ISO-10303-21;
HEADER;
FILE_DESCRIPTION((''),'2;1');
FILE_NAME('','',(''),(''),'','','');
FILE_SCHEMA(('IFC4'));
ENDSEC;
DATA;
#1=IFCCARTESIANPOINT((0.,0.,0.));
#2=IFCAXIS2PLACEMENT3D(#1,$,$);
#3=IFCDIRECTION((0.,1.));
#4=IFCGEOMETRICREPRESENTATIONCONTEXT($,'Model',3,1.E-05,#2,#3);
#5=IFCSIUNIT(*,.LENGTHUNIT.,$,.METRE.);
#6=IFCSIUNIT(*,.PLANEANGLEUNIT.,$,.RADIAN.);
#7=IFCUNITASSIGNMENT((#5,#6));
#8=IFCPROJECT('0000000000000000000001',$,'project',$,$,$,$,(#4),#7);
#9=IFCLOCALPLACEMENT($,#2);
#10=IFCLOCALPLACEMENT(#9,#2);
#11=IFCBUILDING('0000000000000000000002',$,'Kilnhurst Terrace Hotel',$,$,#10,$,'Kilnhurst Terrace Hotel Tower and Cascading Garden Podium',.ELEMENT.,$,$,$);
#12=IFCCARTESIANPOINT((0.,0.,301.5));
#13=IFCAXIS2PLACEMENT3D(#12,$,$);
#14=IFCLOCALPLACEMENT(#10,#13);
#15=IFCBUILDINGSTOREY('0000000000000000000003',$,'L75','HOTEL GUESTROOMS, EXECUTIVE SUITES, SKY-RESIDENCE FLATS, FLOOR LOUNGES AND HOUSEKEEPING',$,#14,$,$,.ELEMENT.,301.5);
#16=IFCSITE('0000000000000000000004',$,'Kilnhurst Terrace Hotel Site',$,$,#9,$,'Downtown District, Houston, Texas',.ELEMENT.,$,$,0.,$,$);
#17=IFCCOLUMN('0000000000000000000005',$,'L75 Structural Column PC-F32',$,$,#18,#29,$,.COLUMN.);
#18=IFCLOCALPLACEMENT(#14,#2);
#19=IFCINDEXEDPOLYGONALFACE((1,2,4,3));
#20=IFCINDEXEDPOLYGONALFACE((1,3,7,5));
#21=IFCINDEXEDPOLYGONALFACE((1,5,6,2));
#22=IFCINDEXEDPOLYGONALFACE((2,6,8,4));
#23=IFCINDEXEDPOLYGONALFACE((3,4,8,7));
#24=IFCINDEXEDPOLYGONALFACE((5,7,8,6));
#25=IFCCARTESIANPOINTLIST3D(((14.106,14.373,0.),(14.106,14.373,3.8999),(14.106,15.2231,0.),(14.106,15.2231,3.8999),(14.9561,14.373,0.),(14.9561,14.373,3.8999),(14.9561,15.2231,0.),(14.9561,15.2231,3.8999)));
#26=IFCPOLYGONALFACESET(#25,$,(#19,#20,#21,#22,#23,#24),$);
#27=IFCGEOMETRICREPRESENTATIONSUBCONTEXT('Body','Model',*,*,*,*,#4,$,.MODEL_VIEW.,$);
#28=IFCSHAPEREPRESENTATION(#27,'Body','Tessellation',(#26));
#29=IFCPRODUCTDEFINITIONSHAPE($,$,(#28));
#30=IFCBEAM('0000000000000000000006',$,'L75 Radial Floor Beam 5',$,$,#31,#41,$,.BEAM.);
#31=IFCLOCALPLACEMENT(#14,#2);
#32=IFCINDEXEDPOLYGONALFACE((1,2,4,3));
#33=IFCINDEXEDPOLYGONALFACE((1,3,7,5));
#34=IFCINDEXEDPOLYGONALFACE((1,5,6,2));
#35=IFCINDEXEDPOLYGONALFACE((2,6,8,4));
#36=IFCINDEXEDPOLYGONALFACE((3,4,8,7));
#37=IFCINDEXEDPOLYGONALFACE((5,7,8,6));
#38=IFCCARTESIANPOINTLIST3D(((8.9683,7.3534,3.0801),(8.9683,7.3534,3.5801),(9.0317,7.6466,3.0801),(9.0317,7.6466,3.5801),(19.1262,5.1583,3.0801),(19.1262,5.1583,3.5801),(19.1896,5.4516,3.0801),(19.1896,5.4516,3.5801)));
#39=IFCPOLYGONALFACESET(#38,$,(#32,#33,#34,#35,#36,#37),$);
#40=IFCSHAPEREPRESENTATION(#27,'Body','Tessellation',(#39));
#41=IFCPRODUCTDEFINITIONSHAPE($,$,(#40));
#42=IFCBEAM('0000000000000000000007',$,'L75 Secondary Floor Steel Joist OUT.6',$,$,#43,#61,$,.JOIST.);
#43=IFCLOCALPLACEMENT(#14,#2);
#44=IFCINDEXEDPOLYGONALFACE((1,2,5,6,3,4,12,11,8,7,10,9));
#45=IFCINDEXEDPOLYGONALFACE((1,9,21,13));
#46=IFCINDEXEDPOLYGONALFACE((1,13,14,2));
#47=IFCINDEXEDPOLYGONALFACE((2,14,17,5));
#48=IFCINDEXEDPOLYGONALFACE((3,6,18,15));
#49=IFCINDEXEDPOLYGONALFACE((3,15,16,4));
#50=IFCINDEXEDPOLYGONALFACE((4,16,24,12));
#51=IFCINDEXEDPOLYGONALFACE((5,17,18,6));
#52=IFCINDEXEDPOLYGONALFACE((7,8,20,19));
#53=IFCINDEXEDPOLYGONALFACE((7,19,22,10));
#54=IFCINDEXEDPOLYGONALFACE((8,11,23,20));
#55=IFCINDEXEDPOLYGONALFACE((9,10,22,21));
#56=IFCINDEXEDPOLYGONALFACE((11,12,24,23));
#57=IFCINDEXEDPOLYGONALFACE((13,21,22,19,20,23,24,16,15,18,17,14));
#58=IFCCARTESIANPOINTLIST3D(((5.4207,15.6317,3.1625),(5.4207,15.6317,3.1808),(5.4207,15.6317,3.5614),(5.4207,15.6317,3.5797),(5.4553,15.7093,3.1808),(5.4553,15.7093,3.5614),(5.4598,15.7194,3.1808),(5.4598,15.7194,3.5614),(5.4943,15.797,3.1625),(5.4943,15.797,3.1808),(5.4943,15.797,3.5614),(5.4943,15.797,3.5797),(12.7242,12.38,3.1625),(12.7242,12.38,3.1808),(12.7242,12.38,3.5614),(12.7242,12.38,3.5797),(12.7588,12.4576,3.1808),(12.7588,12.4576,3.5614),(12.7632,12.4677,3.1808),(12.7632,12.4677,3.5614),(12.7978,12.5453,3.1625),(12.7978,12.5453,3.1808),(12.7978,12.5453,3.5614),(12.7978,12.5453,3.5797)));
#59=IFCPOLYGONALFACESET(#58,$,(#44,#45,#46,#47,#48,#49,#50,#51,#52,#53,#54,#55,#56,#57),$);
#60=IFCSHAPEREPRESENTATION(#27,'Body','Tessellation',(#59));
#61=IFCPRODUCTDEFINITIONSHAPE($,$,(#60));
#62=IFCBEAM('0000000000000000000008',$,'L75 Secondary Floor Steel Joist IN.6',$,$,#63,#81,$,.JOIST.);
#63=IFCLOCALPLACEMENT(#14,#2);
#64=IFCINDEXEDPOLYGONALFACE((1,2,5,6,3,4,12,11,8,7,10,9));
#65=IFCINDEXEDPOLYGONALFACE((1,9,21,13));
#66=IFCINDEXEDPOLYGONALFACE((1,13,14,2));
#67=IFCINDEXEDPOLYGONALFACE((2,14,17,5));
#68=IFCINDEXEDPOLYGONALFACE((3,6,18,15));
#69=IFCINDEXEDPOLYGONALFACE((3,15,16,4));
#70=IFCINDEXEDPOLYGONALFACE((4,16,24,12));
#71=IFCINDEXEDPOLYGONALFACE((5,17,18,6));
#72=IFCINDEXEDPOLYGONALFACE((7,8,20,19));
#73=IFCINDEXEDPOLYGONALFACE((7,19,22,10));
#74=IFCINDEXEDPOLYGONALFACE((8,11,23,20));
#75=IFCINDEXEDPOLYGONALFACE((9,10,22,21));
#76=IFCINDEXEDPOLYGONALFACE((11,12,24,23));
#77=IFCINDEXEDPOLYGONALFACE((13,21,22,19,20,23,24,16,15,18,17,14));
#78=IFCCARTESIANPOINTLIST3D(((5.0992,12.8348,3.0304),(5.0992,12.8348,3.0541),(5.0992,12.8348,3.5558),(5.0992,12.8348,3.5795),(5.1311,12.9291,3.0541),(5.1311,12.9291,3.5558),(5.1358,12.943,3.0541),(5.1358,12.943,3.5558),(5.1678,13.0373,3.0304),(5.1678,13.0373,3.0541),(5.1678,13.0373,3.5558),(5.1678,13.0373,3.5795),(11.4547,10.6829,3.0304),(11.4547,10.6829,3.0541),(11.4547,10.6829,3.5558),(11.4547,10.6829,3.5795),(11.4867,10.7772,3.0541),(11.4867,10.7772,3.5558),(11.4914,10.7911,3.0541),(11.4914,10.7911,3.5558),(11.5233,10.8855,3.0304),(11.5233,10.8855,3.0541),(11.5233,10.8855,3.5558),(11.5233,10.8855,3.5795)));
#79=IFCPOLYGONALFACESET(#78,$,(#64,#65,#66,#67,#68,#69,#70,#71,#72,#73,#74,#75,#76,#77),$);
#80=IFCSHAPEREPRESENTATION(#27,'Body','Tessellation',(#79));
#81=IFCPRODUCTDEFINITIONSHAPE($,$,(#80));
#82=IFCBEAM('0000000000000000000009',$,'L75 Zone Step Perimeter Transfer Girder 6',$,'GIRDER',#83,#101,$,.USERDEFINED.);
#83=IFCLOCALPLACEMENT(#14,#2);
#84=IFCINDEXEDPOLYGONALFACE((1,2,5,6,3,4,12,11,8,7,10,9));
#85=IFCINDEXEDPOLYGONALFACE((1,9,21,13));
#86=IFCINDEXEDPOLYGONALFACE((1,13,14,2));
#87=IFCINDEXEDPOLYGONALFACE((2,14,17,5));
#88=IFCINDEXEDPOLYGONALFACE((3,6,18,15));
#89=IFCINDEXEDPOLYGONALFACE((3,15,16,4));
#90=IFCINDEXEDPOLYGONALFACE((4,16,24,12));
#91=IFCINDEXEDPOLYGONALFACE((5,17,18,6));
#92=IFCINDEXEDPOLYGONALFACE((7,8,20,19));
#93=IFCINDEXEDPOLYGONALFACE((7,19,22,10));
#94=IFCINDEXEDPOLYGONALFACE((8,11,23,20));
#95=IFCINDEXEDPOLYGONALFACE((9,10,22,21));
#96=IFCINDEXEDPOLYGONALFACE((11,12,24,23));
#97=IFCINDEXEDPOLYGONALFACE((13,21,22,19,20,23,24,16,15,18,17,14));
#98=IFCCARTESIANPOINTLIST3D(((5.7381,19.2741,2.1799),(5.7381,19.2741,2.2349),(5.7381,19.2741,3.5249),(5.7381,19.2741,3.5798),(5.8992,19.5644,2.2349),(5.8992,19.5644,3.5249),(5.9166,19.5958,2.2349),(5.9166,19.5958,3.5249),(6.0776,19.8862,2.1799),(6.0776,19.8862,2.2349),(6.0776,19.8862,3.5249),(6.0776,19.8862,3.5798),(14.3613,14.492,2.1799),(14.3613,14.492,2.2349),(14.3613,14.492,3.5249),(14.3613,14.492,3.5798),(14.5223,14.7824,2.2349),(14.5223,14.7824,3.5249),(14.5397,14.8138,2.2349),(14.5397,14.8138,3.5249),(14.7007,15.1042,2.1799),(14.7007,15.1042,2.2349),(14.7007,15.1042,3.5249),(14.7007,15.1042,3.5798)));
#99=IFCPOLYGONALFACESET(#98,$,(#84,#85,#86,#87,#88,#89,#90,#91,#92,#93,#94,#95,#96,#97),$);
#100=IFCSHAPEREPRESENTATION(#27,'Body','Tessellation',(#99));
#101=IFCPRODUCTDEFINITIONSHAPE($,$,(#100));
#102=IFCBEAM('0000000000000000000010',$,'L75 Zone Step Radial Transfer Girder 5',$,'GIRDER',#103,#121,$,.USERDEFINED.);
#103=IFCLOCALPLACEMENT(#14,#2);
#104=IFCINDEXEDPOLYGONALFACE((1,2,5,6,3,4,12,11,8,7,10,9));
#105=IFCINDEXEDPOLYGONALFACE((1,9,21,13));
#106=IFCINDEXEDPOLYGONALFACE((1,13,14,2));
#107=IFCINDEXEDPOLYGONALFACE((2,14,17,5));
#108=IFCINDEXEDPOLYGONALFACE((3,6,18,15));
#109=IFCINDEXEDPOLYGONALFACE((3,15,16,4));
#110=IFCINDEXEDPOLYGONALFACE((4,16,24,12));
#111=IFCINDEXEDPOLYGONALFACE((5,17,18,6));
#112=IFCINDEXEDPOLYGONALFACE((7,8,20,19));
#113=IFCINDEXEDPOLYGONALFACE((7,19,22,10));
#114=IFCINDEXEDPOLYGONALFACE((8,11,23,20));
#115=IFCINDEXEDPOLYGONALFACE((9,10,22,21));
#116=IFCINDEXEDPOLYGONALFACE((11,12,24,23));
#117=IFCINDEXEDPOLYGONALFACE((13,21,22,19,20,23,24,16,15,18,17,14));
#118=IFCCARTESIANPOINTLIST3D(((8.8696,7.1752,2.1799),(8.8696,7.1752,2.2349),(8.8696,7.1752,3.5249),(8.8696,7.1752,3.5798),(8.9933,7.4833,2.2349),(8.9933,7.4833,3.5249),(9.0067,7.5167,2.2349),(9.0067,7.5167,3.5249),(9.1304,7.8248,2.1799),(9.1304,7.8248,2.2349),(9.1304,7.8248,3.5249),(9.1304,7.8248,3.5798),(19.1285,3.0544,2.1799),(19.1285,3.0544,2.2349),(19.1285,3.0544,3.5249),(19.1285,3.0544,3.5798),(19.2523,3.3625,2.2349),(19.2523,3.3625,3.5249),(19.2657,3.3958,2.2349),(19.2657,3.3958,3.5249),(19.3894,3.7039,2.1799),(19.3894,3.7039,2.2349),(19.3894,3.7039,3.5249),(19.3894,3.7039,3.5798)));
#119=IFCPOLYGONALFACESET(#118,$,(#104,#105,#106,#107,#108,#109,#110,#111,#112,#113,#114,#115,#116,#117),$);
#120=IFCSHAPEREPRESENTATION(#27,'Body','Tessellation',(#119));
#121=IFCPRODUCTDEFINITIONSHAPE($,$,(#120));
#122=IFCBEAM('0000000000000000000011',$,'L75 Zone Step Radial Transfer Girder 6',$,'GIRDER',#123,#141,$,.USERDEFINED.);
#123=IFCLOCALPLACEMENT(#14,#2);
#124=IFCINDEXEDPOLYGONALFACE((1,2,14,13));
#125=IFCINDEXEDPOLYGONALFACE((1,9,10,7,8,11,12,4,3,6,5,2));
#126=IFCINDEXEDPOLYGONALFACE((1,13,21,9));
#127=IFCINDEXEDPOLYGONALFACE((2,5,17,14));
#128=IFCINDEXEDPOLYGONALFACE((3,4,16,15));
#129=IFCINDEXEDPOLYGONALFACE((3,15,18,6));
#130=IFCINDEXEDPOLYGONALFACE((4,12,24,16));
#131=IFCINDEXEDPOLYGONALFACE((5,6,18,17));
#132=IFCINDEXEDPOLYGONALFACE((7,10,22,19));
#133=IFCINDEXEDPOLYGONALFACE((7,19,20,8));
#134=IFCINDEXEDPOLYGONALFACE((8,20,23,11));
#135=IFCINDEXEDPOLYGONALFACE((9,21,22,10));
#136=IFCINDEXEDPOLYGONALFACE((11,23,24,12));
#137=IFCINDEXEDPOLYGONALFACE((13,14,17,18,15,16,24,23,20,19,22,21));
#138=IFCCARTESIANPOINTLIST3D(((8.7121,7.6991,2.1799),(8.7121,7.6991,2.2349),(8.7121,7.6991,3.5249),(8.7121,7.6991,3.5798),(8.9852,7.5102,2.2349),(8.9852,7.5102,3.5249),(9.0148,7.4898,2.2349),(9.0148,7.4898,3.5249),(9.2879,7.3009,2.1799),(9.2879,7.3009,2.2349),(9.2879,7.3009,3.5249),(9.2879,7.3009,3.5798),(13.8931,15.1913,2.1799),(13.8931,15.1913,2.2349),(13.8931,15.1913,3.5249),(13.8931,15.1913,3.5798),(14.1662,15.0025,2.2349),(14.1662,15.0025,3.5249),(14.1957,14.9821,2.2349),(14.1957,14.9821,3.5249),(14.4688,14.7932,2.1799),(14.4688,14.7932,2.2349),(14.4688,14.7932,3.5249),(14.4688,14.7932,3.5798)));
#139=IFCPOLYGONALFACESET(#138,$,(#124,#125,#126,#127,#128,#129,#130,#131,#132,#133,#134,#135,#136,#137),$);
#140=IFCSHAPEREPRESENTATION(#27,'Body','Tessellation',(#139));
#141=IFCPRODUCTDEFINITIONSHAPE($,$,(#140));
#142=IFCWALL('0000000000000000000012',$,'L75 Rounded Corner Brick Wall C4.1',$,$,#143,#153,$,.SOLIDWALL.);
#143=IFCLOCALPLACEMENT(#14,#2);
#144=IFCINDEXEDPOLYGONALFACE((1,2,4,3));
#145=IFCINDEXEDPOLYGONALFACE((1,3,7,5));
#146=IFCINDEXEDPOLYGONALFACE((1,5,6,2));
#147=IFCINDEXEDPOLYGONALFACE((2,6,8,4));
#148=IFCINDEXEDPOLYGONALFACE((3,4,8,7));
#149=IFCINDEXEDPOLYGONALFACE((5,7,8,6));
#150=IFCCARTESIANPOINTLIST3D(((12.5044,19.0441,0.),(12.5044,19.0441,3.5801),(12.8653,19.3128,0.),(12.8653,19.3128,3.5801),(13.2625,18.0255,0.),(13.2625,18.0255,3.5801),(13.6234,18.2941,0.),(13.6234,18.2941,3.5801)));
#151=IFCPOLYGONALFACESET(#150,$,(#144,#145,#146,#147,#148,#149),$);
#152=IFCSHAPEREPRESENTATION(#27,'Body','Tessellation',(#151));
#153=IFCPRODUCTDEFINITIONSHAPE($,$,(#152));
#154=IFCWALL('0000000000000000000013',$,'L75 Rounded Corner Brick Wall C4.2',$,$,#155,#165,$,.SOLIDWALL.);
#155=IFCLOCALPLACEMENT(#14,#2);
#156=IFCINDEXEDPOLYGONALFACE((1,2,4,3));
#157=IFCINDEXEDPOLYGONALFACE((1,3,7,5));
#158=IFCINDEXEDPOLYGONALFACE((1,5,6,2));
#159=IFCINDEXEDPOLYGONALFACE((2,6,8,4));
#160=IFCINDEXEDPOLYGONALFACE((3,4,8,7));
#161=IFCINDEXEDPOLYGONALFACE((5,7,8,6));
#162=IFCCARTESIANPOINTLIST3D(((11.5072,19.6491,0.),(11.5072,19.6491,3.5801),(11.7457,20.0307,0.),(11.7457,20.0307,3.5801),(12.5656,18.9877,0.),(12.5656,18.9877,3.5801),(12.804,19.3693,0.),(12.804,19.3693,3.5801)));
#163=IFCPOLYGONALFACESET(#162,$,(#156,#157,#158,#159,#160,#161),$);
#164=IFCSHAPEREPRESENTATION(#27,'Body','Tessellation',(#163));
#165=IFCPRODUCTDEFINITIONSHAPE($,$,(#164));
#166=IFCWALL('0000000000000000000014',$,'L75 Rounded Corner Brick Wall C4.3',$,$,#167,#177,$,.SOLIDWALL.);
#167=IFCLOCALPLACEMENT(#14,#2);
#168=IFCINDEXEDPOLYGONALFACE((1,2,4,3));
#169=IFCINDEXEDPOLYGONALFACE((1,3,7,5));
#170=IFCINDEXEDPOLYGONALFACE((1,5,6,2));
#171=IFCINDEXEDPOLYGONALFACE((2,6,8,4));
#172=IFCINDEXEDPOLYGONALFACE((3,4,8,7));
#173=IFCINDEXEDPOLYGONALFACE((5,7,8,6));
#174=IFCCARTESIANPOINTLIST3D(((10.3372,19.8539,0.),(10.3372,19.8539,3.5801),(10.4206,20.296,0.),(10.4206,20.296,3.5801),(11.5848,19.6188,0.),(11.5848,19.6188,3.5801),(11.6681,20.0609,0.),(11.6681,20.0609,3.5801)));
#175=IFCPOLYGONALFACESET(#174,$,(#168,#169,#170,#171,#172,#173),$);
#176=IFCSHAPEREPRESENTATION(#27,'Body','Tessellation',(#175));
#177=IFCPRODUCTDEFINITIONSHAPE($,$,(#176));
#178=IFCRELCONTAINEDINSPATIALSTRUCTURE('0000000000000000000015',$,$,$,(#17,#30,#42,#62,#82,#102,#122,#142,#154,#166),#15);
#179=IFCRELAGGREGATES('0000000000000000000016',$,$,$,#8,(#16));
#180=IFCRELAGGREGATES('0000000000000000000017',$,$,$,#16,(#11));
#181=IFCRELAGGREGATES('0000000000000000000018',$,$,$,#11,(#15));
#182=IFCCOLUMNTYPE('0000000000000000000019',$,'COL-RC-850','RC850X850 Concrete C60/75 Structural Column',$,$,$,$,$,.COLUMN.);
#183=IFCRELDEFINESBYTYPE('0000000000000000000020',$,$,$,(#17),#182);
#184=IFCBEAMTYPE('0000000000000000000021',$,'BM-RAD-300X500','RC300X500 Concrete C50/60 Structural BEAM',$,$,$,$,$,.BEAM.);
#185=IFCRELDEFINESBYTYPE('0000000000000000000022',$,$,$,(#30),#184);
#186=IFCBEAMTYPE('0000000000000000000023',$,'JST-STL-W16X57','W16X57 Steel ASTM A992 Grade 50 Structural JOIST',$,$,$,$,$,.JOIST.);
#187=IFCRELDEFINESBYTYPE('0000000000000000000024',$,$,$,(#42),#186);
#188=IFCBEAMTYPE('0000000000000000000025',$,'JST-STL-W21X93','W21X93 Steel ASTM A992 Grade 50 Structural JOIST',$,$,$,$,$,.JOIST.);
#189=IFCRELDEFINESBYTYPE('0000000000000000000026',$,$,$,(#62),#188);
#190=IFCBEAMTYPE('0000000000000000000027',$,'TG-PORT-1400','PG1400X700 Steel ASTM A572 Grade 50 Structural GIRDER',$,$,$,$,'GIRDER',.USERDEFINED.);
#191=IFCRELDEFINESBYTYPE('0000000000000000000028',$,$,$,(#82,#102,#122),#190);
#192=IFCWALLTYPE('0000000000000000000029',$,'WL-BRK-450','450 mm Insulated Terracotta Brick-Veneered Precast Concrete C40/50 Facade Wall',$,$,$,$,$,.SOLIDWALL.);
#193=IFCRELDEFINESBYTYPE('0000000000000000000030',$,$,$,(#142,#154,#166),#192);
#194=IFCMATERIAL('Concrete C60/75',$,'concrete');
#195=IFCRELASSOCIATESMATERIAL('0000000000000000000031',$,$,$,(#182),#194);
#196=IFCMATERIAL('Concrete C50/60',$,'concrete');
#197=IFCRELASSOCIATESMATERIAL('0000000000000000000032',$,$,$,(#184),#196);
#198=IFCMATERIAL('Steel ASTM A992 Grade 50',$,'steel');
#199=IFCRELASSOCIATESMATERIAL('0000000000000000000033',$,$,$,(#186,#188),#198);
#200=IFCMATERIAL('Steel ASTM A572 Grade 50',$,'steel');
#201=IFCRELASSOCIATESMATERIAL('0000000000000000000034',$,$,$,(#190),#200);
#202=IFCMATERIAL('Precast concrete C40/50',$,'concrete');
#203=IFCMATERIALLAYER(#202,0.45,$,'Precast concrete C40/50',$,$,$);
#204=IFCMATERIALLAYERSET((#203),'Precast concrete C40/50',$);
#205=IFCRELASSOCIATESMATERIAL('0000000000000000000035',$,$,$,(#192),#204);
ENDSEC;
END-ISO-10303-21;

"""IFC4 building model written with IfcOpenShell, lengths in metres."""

from ifc_helpers import new_model, si_unit, direction, frame, frame_2d, origin, origin_2d, place, context, subcontext, project, spatial, rectangle, i_section, extrude, material, layer, layer_set, material_profile, profile_set, type_object, element, save


model = new_model("IFC4")

# Units and contexts
model_context = context("Model", 3, precision=1e-05, world=origin(), true_north=direction((0.0, 1.0)))
body_context = subcontext(model_context, "Body", "Model", "MODEL_VIEW")
ifc_project = project(units=[si_unit("LENGTHUNIT", "METRE"), si_unit("PLANEANGLEUNIT", "RADIAN")], contexts=[model_context])

# Site, building, storey
site_placement = place(None, origin())
site = spatial("IfcSite", under=ifc_project, at=site_placement, Name="Kilnhurst Terrace Hotel Site", LongName="Downtown District, Houston, Texas", CompositionType="ELEMENT", RefElevation=0.0)
building_placement = place(site_placement, origin())
building = spatial("IfcBuilding", under=site, at=building_placement, Name="Kilnhurst Terrace Hotel", LongName="Kilnhurst Terrace Hotel Tower and Cascading Garden Podium", CompositionType="ELEMENT")
storey_placement = place(building_placement, frame((0.0, 0.0, 301.5)))
storey = spatial("IfcBuildingStorey", under=building, at=storey_placement, Name="L75", Description="HOTEL GUESTROOMS, EXECUTIVE SUITES, SKY-RESIDENCE FLATS, FLOOR LOUNGES AND HOUSEKEEPING", CompositionType="ELEMENT", Elevation=301.5)

# Column
ifc_material_1 = material(Name="Concrete C60/75", Category="concrete")
ifc_material_profile_1 = material_profile(ifc_material_1, rectangle(XDim=0.8501, YDim=0.8501, at=origin_2d()), Name="RC850X850")
ifc_profile_set_1 = profile_set([ifc_material_profile_1], Name="Concrete C60/75")
column_type = type_object("IfcColumnType", Name="COL-RC-850", Description="RC850X850 Concrete C60/75 Structural Column", PredefinedType="COLUMN", material=ifc_profile_set_1)
column_placement = place(storey_placement, frame((14.531, 14.7981, 0.0), z_axis=(0.0, 0.0, 1.0), x_axis=(1.0, 0.0, 0.0)))
element("IfcColumn", 1, at=column_placement, inside=storey, type_object=column_type, Name="L75 Structural Column PC-F32", PredefinedType="COLUMN", context=body_context, shape_type="SweptSolid", body=[
    extrude(rectangle(XDim=0.8501, YDim=0.8501, at=origin_2d()), origin(), (0.0, 0.0, 1.0), 3.8999),
])

# Beams
ifc_material_2 = material(Name="Concrete C50/60", Category="concrete")
ifc_material_profile_2 = material_profile(ifc_material_2, rectangle(XDim=0.3, YDim=0.5, at=origin_2d()), Name="RC300X500")
ifc_profile_set_2 = profile_set([ifc_material_profile_2], Name="Concrete C50/60")
beam_type_1 = type_object("IfcBeamType", Name="BM-RAD-300X500", Description="RC300X500 Concrete C50/60 Structural BEAM", PredefinedType="BEAM", material=ifc_profile_set_2)
beam_1_placement = place(storey_placement, frame((9.0, 7.5, 3.3301), z_axis=(0.977439, -0.211218, 0.0), x_axis=(0.211218, 0.977439, 0.0)))
element("IfcBeam", 2, at=beam_1_placement, inside=storey, type_object=beam_type_1, Name="L75 Radial Floor Beam 5", PredefinedType="BEAM", context=body_context, shape_type="SweptSolid", body=[
    extrude(rectangle(XDim=0.3, YDim=0.5, at=origin_2d()), origin(), (0.0, 0.0, 1.0), 10.3923),
])
ifc_material_3 = material(Name="Steel ASTM A992 Grade 50", Category="steel")
ifc_material_profile_3 = material_profile(ifc_material_3, i_section(OverallWidth=0.1809, OverallDepth=0.4172, WebThickness=0.011, FlangeThickness=0.0183, at=origin_2d()), Name="W16X57")
ifc_profile_set_3 = profile_set([ifc_material_profile_3], Name="Steel ASTM A992 Grade 50")
beam_type_2 = type_object("IfcBeamType", Name="JST-STL-W16X57", Description="W16X57 Steel ASTM A992 Grade 50 Structural JOIST", PredefinedType="JOIST", material=ifc_profile_set_3)
beam_2_placement = place(storey_placement, frame((12.761, 12.4626, 3.3711), z_axis=(-0.913546, 0.406736, 0.0), x_axis=(-0.406736, -0.913546, 0.0)))
element("IfcBeam", 3, at=beam_2_placement, inside=storey, type_object=beam_type_2, Name="L75 Secondary Floor Steel Joist OUT.6", PredefinedType="JOIST", context=body_context, shape_type="SweptSolid", body=[
    extrude(i_section(OverallWidth=0.1809, OverallDepth=0.4172, WebThickness=0.011, FlangeThickness=0.0183, at=origin_2d()), origin(), (0.0, 0.0, 1.0), 7.9946),
])
ifc_material_profile_4 = material_profile(ifc_material_3, i_section(OverallWidth=0.2139, OverallDepth=0.5491, WebThickness=0.0146, FlangeThickness=0.0237, at=origin_2d()), Name="W21X93")
ifc_profile_set_4 = profile_set([ifc_material_profile_4], Name="Steel ASTM A992 Grade 50")
beam_type_3 = type_object("IfcBeamType", Name="JST-STL-W21X93", Description="W21X93 Steel ASTM A992 Grade 50 Structural JOIST", PredefinedType="JOIST", material=ifc_profile_set_4)
beam_3_placement = place(storey_placement, frame((11.489, 10.7842, 3.3049), z_axis=(-0.947181, 0.3207, 0.0), x_axis=(-0.3207, -0.947181, 0.0)))
element("IfcBeam", 4, at=beam_3_placement, inside=storey, type_object=beam_type_3, Name="L75 Secondary Floor Steel Joist IN.6", PredefinedType="JOIST", context=body_context, shape_type="SweptSolid", body=[
    extrude(i_section(OverallWidth=0.2139, OverallDepth=0.5491, WebThickness=0.0146, FlangeThickness=0.0237, at=origin_2d()), origin(), (0.0, 0.0, 1.0), 6.71),
])
ifc_material_4 = material(Name="Steel ASTM A572 Grade 50", Category="steel")
ifc_material_profile_5 = material_profile(ifc_material_4, i_section(OverallWidth=0.7, OverallDepth=1.3999, WebThickness=0.0359, FlangeThickness=0.0549, at=origin_2d()), Name="PG1400X700")
ifc_profile_set_5 = profile_set([ifc_material_profile_5], Name="Steel ASTM A572 Grade 50")
beam_type_4 = type_object("IfcBeamType", Name="TG-PORT-1400", Description="PG1400X700 Steel ASTM A572 Grade 50 Structural GIRDER", ElementType="GIRDER", PredefinedType="USERDEFINED", material=ifc_profile_set_5)
beam_4_placement = place(storey_placement, frame((14.531, 14.7981, 2.8799), z_axis=(-0.874527, 0.484976, 0.0), x_axis=(-0.484976, -0.874527, 0.0)))
element("IfcBeam", 5, at=beam_4_placement, inside=storey, type_object=beam_type_4, Name="L75 Zone Step Perimeter Transfer Girder 6", ObjectType="GIRDER", PredefinedType="USERDEFINED", context=body_context, shape_type="SweptSolid", body=[
    extrude(i_section(OverallWidth=0.7, OverallDepth=1.3999, WebThickness=0.0359, FlangeThickness=0.0549, at=origin_2d()), origin(), (0.0, 0.0, 1.0), 9.8604),
])
beam_5_placement = place(storey_placement, frame((9.0, 7.5, 2.8799), z_axis=(0.927938, -0.372734, 0.0), x_axis=(0.372734, 0.927938, 0.0)))
element("IfcBeam", 6, at=beam_5_placement, inside=storey, type_object=beam_type_4, Name="L75 Zone Step Radial Transfer Girder 5", ObjectType="GIRDER", PredefinedType="USERDEFINED", context=body_context, shape_type="SweptSolid", body=[
    extrude(i_section(OverallWidth=0.7, OverallDepth=1.3999, WebThickness=0.0359, FlangeThickness=0.0549, at=origin_2d()), origin(), (0.0, 0.0, 1.0), 11.0557),
])
beam_6_placement = place(storey_placement, frame((9.0, 7.5, 2.8799), z_axis=(0.568765, 0.8225, 0.0), x_axis=(-0.8225, 0.568765, 0.0)))
element("IfcBeam", 7, at=beam_6_placement, inside=storey, type_object=beam_type_4, Name="L75 Zone Step Radial Transfer Girder 6", ObjectType="GIRDER", PredefinedType="USERDEFINED", context=body_context, shape_type="SweptSolid", body=[
    extrude(i_section(OverallWidth=0.7, OverallDepth=1.3999, WebThickness=0.0359, FlangeThickness=0.0549, at=origin_2d()), origin(), (0.0, 0.0, 1.0), 9.1091),
])

# Walls
ifc_material_5 = material(Name="Precast concrete C40/50", Category="concrete")
ifc_layer_1 = layer(ifc_material_5, 0.45, Name="Precast concrete C40/50")
ifc_layer_set_1 = layer_set([ifc_layer_1], Name="Precast concrete C40/50")
wall_type_1 = type_object("IfcWallType", Name="WL-BRK-450", Description="450 mm Insulated Terracotta Brick-Veneered Precast Concrete C40/50 Facade Wall", PredefinedType="SOLIDWALL", material=ifc_layer_set_1)
wall_1_placement = place(storey_placement, frame((13.4429, 18.1599, 0.0), z_axis=(0.0, 0.0, 1.0), x_axis=(-0.597042, 0.80221, 0.0)))
element("IfcWall", 8, at=wall_1_placement, inside=storey, type_object=wall_type_1, Name="L75 Rounded Corner Brick Wall C4.1", PredefinedType="SOLIDWALL", context=body_context, shape_type="SweptSolid", body=[
    extrude(rectangle(XDim=1.2698, YDim=0.45, at=frame_2d((0.6348, 0.0))), origin(), (0.0, 0.0, 1.0), 3.5801),
])
wall_2_placement = place(storey_placement, frame((12.6848, 19.1785, 0.0), z_axis=(0.0, 0.0, 1.0), x_axis=(-0.848031, 0.529946, 0.0)))
element("IfcWall", 9, at=wall_2_placement, inside=storey, type_object=wall_type_1, Name="L75 Rounded Corner Brick Wall C4.2", PredefinedType="SOLIDWALL", context=body_context, shape_type="SweptSolid", body=[
    extrude(rectangle(XDim=1.248, YDim=0.45, at=frame_2d((0.624, 0.0))), origin(), (0.0, 0.0, 1.0), 3.5801),
])
wall_3_placement = place(storey_placement, frame((11.6265, 19.8398, 0.0), z_axis=(0.0, 0.0, 1.0), x_axis=(-0.982702, 0.185194, 0.0)))
element("IfcWall", 10, at=wall_3_placement, inside=storey, type_object=wall_type_1, Name="L75 Rounded Corner Brick Wall C4.3", PredefinedType="SOLIDWALL", context=body_context, shape_type="SweptSolid", body=[
    extrude(rectangle(XDim=1.2695, YDim=0.45, at=frame_2d((0.6348, 0.0))), origin(), (0.0, 0.0, 1.0), 3.5801),
])

save(model, "model.ifc")
